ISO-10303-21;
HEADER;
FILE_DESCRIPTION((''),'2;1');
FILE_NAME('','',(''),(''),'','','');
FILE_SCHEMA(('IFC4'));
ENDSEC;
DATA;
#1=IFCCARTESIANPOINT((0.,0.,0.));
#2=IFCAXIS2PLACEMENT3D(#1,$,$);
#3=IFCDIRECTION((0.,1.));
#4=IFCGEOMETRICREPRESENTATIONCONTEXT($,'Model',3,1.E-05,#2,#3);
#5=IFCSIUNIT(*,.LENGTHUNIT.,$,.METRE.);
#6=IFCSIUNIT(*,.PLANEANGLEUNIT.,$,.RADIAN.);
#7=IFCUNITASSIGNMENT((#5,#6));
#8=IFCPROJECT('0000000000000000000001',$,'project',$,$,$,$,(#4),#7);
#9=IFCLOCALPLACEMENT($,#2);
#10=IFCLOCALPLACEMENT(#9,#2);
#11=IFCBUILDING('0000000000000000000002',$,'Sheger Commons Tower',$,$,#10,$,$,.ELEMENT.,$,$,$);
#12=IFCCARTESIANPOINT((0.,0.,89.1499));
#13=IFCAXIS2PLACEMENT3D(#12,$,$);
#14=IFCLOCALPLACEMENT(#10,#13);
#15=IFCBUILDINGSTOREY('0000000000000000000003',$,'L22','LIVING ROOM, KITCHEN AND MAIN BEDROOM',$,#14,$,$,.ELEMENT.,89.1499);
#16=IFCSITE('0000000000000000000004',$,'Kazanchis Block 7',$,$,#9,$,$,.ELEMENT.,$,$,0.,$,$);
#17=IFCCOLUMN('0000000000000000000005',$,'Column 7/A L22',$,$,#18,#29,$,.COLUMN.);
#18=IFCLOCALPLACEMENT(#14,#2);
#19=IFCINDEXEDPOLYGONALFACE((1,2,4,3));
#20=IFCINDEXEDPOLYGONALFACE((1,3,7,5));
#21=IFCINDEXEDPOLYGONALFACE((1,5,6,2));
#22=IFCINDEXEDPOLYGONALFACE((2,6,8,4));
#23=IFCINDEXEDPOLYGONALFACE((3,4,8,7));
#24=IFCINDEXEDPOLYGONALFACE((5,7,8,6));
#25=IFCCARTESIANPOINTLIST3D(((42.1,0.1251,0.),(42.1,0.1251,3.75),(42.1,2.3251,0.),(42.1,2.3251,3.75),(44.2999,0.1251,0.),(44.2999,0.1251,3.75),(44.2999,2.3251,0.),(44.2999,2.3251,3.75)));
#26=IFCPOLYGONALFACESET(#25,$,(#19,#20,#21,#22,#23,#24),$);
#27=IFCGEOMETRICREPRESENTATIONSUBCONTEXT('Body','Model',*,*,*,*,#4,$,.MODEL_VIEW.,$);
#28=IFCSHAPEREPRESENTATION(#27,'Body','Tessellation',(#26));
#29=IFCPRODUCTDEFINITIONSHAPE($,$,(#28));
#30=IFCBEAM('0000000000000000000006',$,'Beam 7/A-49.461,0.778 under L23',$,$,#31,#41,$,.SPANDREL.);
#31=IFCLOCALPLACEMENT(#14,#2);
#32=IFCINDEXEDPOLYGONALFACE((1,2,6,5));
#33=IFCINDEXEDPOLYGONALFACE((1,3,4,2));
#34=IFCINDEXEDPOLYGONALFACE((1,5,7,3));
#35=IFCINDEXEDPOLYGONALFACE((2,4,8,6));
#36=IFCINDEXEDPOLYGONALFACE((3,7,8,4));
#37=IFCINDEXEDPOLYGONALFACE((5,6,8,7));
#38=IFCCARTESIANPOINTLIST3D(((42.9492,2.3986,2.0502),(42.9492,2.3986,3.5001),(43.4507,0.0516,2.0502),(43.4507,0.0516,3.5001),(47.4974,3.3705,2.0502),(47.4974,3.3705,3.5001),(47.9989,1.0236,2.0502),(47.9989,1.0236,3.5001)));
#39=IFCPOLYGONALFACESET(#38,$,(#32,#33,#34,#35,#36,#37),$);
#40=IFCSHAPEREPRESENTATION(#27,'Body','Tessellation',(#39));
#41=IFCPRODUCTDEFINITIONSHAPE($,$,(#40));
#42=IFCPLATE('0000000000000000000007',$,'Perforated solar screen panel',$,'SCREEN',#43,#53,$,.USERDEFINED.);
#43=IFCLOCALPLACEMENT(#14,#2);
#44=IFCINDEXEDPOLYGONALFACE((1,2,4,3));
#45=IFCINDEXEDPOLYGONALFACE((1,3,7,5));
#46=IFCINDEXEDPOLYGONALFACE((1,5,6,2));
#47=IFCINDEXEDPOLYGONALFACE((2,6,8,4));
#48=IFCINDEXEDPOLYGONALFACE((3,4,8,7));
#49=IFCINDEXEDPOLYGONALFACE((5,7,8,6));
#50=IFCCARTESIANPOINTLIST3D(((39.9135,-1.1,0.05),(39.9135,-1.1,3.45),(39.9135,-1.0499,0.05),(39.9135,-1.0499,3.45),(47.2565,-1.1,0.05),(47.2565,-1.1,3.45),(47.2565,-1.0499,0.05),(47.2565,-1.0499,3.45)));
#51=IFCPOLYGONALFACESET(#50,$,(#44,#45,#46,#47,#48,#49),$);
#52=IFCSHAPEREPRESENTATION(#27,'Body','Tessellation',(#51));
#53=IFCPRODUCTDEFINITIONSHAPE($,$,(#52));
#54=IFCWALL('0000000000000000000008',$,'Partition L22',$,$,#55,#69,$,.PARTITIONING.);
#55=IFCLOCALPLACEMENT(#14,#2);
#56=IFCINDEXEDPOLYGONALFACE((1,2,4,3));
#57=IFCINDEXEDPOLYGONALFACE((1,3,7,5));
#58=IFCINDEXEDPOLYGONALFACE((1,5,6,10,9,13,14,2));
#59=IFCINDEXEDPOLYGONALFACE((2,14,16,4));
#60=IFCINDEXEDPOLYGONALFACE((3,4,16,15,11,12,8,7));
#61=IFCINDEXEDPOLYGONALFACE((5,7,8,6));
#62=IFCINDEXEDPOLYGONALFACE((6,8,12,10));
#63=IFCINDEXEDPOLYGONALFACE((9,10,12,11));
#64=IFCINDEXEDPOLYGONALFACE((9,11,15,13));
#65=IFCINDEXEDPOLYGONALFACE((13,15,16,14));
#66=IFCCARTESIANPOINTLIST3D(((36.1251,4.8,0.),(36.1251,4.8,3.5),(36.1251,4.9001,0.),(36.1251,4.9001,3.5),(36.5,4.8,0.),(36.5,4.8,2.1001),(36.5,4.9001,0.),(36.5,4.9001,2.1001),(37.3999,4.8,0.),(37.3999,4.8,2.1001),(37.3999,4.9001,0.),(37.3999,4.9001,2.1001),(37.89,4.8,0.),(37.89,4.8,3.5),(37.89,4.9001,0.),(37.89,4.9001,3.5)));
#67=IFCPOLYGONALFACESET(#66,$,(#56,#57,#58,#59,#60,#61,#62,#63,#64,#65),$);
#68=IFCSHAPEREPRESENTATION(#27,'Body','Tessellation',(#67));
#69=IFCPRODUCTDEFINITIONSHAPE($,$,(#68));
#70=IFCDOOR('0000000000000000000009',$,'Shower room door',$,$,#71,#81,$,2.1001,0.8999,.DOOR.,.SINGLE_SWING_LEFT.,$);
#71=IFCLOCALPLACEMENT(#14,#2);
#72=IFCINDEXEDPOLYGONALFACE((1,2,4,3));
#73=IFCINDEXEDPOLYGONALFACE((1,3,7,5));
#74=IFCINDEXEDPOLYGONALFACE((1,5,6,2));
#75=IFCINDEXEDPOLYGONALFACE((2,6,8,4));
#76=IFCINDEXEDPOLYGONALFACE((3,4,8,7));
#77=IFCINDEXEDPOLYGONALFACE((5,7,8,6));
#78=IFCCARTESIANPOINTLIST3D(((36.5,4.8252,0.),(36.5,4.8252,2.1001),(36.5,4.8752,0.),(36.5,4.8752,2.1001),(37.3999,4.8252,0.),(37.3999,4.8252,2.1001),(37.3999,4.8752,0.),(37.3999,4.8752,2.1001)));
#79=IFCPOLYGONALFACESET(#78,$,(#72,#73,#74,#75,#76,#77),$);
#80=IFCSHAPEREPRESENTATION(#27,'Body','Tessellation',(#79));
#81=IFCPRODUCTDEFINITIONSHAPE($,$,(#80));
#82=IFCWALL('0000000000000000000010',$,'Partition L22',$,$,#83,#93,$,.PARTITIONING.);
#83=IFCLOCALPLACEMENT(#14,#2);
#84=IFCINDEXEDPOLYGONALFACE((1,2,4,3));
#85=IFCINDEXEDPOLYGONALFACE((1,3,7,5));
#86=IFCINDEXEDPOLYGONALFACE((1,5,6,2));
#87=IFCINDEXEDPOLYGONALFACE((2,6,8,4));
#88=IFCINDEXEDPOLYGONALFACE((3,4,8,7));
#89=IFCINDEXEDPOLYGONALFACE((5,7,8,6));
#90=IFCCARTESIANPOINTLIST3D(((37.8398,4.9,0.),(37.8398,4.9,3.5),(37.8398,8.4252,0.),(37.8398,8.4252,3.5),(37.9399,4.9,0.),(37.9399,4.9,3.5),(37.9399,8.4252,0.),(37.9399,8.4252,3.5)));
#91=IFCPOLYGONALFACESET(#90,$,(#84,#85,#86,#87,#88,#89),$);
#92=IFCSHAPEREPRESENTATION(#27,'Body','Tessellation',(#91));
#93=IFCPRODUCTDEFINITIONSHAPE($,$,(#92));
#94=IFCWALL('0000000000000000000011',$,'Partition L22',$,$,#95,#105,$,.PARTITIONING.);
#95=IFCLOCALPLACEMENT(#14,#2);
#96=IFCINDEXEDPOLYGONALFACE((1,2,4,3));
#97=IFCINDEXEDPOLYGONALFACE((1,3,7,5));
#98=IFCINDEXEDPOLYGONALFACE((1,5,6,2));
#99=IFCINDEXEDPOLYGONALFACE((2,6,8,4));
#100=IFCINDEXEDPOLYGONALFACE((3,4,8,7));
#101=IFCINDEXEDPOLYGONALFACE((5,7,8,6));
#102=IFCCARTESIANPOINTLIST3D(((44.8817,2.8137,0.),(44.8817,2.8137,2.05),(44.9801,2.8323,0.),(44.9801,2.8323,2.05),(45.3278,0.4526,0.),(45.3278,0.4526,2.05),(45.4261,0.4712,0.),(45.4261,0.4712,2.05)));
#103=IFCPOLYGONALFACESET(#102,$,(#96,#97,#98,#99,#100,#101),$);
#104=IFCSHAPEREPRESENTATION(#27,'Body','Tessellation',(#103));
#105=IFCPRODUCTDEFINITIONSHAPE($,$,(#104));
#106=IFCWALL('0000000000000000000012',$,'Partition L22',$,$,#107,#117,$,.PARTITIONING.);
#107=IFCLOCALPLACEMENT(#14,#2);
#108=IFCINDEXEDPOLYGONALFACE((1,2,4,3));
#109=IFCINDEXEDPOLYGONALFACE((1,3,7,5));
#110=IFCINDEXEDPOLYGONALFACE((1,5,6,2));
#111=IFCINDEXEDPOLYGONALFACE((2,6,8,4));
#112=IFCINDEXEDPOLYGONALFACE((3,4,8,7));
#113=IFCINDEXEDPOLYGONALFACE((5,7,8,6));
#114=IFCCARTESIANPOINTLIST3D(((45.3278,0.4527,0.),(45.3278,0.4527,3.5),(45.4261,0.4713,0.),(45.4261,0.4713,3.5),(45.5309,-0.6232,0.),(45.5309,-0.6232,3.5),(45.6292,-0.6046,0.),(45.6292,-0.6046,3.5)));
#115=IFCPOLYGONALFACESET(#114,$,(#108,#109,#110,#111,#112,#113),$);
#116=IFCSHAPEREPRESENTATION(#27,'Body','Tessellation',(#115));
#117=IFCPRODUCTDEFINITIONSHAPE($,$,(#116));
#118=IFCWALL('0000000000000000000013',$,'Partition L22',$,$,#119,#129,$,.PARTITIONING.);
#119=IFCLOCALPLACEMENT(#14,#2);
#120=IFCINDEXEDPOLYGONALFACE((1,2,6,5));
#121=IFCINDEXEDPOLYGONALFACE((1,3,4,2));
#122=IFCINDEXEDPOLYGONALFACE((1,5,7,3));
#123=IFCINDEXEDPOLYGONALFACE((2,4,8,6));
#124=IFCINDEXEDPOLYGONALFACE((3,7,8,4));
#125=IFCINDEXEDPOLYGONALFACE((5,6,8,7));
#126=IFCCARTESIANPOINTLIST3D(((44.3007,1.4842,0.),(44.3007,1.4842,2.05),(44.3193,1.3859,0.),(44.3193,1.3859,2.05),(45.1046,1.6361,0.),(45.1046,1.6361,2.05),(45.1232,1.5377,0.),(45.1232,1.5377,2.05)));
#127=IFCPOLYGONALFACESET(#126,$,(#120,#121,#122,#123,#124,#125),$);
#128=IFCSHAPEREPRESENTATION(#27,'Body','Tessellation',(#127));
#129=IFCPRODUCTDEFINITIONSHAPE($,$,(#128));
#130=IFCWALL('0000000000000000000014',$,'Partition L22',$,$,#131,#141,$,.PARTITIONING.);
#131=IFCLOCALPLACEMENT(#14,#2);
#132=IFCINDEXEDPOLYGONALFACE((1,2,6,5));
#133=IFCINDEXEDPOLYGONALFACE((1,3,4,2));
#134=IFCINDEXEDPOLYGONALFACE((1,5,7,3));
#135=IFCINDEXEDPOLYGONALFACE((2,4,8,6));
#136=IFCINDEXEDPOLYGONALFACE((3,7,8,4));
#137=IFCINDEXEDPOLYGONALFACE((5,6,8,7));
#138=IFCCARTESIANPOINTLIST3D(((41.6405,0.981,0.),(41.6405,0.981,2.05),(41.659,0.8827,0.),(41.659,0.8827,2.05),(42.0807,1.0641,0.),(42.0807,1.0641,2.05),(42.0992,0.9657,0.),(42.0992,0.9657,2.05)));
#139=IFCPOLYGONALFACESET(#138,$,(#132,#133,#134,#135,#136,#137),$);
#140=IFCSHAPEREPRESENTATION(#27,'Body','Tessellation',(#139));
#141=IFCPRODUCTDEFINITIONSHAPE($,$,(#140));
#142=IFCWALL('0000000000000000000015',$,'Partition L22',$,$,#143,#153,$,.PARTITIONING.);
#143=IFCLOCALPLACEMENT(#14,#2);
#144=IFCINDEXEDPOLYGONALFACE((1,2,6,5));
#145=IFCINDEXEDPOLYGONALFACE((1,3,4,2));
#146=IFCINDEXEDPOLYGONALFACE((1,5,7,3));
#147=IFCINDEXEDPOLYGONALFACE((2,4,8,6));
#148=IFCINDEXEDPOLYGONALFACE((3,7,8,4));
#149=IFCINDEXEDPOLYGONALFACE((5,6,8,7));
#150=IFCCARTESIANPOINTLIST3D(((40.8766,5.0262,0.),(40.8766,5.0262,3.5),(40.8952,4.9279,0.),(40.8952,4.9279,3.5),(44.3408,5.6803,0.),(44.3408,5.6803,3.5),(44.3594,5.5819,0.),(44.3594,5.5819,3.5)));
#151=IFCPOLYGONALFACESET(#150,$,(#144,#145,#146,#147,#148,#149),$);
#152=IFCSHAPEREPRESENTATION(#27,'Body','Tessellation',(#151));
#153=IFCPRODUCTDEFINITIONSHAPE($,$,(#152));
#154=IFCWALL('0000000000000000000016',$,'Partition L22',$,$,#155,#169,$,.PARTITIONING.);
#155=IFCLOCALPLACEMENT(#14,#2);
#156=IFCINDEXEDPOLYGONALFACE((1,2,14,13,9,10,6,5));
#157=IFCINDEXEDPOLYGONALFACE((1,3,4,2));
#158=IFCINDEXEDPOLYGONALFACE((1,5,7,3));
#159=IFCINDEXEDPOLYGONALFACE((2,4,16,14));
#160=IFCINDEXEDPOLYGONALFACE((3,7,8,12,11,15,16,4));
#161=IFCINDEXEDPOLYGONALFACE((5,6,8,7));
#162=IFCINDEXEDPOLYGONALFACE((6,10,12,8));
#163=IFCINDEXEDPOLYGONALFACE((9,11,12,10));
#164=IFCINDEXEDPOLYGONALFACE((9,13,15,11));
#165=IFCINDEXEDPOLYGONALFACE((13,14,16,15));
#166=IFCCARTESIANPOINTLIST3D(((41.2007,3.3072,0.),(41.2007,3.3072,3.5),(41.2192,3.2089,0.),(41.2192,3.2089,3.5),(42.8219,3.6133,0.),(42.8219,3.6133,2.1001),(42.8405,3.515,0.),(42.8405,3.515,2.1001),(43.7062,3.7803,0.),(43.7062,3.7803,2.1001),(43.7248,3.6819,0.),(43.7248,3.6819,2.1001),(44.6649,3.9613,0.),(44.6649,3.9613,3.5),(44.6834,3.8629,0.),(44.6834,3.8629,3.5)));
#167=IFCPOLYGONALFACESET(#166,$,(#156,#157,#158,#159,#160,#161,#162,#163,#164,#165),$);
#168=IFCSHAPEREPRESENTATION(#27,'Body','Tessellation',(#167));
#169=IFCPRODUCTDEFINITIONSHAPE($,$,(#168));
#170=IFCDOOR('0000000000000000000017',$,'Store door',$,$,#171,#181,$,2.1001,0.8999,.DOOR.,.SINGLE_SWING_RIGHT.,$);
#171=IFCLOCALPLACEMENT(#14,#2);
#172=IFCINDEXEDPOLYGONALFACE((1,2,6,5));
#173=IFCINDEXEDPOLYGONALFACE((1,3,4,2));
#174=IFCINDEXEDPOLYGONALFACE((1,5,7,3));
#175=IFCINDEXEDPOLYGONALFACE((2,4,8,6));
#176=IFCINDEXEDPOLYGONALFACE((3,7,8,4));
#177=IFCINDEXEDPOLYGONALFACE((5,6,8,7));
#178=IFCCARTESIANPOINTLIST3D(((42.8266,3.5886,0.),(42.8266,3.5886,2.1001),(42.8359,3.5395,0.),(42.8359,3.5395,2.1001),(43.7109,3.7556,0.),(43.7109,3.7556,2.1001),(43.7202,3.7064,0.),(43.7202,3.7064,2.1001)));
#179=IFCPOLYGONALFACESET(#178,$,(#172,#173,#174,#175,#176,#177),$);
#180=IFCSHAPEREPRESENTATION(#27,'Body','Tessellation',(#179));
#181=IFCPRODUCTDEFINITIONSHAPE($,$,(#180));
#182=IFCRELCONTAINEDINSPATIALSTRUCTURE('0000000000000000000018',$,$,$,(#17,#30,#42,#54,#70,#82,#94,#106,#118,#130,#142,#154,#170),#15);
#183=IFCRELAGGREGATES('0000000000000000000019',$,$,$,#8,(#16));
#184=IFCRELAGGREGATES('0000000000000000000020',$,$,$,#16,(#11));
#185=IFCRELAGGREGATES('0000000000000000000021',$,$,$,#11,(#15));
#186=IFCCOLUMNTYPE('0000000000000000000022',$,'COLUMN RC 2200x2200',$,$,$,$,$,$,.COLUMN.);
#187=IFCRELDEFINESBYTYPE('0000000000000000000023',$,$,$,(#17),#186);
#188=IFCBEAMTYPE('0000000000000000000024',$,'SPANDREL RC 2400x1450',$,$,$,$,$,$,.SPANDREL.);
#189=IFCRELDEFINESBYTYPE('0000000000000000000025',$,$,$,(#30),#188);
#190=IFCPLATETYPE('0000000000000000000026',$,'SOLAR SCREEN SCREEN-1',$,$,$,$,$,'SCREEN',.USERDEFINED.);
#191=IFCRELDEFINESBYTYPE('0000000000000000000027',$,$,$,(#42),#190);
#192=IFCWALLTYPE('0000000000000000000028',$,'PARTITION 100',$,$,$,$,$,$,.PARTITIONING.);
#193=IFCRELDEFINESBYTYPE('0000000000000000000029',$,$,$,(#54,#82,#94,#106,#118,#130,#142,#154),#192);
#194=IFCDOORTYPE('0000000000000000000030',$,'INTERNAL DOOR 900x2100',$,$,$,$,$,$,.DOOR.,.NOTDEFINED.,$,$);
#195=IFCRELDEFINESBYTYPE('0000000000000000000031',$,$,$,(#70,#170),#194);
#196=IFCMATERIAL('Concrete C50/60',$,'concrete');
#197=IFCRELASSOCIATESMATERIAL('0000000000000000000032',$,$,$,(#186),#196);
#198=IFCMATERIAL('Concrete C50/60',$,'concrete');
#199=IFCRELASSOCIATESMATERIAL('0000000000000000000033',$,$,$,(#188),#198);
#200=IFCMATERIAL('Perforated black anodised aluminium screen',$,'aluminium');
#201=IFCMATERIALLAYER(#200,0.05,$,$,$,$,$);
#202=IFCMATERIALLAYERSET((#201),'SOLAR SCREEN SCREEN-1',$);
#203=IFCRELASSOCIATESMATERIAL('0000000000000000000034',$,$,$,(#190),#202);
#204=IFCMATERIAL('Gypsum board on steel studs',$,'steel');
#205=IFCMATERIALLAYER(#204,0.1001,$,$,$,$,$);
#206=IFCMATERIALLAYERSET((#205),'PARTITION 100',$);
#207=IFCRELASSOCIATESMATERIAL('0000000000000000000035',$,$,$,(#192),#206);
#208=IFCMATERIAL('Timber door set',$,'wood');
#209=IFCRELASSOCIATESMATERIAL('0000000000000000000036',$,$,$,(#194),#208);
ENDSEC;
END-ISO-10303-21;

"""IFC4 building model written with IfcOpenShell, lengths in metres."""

from ifc_helpers import new_model, si_unit, direction, frame, frame_2d, origin, origin_2d, place, context, subcontext, project, spatial, rectangle, extrude, material, layer, layer_set, material_profile, profile_set, type_object, element, fill, save


model = new_model("IFC4")

# Units and contexts
model_context = context("Model", 3, precision=1e-05, world=origin(), true_north=direction((0.0, 1.0)))
body_context = subcontext(model_context, "Body", "Model", "MODEL_VIEW")
ifc_project = project(units=[si_unit("LENGTHUNIT", "METRE"), si_unit("PLANEANGLEUNIT", "RADIAN")], contexts=[model_context])

# Site, building, storey
site_placement = place(None, origin())
site = spatial("IfcSite", under=ifc_project, at=site_placement, Name="Kazanchis Block 7", CompositionType="ELEMENT", RefElevation=0.0)
building_placement = place(site_placement, origin())
building = spatial("IfcBuilding", under=site, at=building_placement, Name="Sheger Commons Tower", CompositionType="ELEMENT")
storey_placement = place(building_placement, frame((0.0, 0.0, 89.1499)))
storey = spatial("IfcBuildingStorey", under=building, at=storey_placement, Name="L22", Description="LIVING ROOM, KITCHEN AND MAIN BEDROOM", CompositionType="ELEMENT", Elevation=89.1499)

# Column
ifc_material_1 = material(Name="Concrete C50/60", Category="concrete")
ifc_material_profile_1 = material_profile(ifc_material_1, rectangle(XDim=2.2, YDim=2.2, at=origin_2d()), Name="RC 2200x2200")
ifc_profile_set_1 = profile_set([ifc_material_profile_1], Name="Concrete C50/60")
column_type = type_object("IfcColumnType", Name="COLUMN RC 2200x2200", PredefinedType="COLUMN", material=ifc_profile_set_1)
column_placement = place(storey_placement, frame((43.2, 1.2251, 0.0), z_axis=(0.0, 0.0, 1.0), x_axis=(1.0, 0.0, 0.0)))
element("IfcColumn", 1, at=column_placement, inside=storey, type_object=column_type, Name="Column 7/A L22", PredefinedType="COLUMN", context=body_context, shape_type="SweptSolid", body=[
    extrude(rectangle(XDim=2.2, YDim=2.2, at=origin_2d()), origin(), (0.0, 0.0, 1.0), 3.75),
])

# Beam
ifc_material_2 = material(Name="Concrete C50/60", Category="concrete")
ifc_material_profile_2 = material_profile(ifc_material_2, rectangle(XDim=2.3999, YDim=1.45, at=origin_2d()), Name="RC 2400x1450")
ifc_profile_set_2 = profile_set([ifc_material_profile_2], Name="Concrete C50/60")
beam_type = type_object("IfcBeamType", Name="SPANDREL RC 2400x1450", PredefinedType="SPANDREL", material=ifc_profile_set_2)
beam_placement = place(storey_placement, frame((43.2, 1.2251, 2.7751), z_axis=(0.97792, 0.208981, 0.0), x_axis=(-0.208981, 0.97792, 0.0)))
element("IfcBeam", 2, at=beam_placement, inside=storey, type_object=beam_type, Name="Beam 7/A-49.461,0.778 under L23", PredefinedType="SPANDREL", context=body_context, shape_type="SweptSolid", body=[
    extrude(rectangle(XDim=2.3999, YDim=1.45, at=origin_2d()), origin(), (0.0, 0.0, 1.0), 4.6509),
])

# Plate
ifc_material_3 = material(Name="Perforated black anodised aluminium screen", Category="aluminium")
ifc_layer_1 = layer(ifc_material_3, 0.05)
ifc_layer_set_1 = layer_set([ifc_layer_1], Name="SOLAR SCREEN SCREEN-1")
plate_type = type_object("IfcPlateType", Name="SOLAR SCREEN SCREEN-1", ElementType="SCREEN", PredefinedType="USERDEFINED", material=ifc_layer_set_1)
plate_placement = place(storey_placement, frame((43.585, -1.075, 0.05), z_axis=(0.0, 0.0, 1.0), x_axis=(1.0, 0.0, 0.0)))
element("IfcPlate", 3, at=plate_placement, inside=storey, type_object=plate_type, Name="Perforated solar screen panel", ObjectType="SCREEN", PredefinedType="USERDEFINED", context=body_context, shape_type="SweptSolid", body=[
    extrude(rectangle(XDim=7.343, YDim=0.05, at=origin_2d()), origin(), (0.0, 0.0, 1.0), 3.3999),
])

# Wall, opening, door
ifc_material_4 = material(Name="Gypsum board on steel studs", Category="steel")
ifc_layer_2 = layer(ifc_material_4, 0.1001)
ifc_layer_set_2 = layer_set([ifc_layer_2], Name="PARTITION 100")
wall_type = type_object("IfcWallType", Name="PARTITION 100", PredefinedType="PARTITIONING", material=ifc_layer_set_2)
wall_1_placement = place(storey_placement, frame((37.8899, 4.8501, 0.0), z_axis=(0.0, 0.0, 1.0), x_axis=(-1.0, 0.0, 0.0)))
wall_1 = element("IfcWall", 4, at=wall_1_placement, inside=storey, type_object=wall_type, Name="Partition L22", PredefinedType="PARTITIONING", context=body_context, shape_type="SweptSolid", body=[
    extrude(rectangle(XDim=1.7649, YDim=0.1001, at=frame_2d((0.8823, 0.0))), origin(), (0.0, 0.0, 1.0), 3.5),
])
opening_1_placement = place(wall_1_placement, frame((0.49, 0.0, 0.0)))
opening_1 = element("IfcOpeningElement", 5, at=opening_1_placement, cuts=wall_1, PredefinedType="OPENING", context=body_context, shape_type="SweptSolid", body=[
    extrude(rectangle(XDim=0.8999, YDim=2.1001, at=frame_2d((0.45, 1.05))), frame((0.0, 0.0601, 0.0), z_axis=(0.0, -1.0, 0.0), x_axis=(1.0, 0.0, 0.0)), (0.0, 0.0, 1.0), 0.1201),
])
ifc_material_5 = material(Name="Timber door set", Category="wood")
door_type = type_object("IfcDoorType", Name="INTERNAL DOOR 900x2100", OperationType="NOTDEFINED", PredefinedType="DOOR", material=ifc_material_5)
door_1_placement = place(opening_1_placement, origin())
door_1 = element("IfcDoor", 6, at=door_1_placement, inside=storey, type_object=door_type, Name="Shower room door", OperationType="SINGLE_SWING_LEFT", OverallHeight=2.1001, OverallWidth=0.8999, PredefinedType="DOOR", context=body_context, shape_type="SweptSolid", body=[
    extrude(rectangle(XDim=0.8999, YDim=2.1001, at=frame_2d((0.45, 1.05))), frame((0.0, 0.0249, 0.0), z_axis=(0.0, -1.0, 0.0), x_axis=(1.0, 0.0, 0.0)), (0.0, 0.0, 1.0), 0.05),
])
fill(opening_1, door_1)

# Walls
wall_2_placement = place(storey_placement, frame((37.8899, 4.8999, 0.0), z_axis=(0.0, 0.0, 1.0), x_axis=(0.0, 1.0, 0.0)))
element("IfcWall", 7, at=wall_2_placement, inside=storey, type_object=wall_type, Name="Partition L22", PredefinedType="PARTITIONING", context=body_context, shape_type="SweptSolid", body=[
    extrude(rectangle(XDim=3.5251, YDim=0.1001, at=frame_2d((1.7627, 0.0))), origin(), (0.0, 0.0, 1.0), 3.5),
])
wall_3_placement = place(storey_placement, frame((44.9309, 2.823, 0.0), z_axis=(0.0, 0.0, 1.0), x_axis=(0.185632, -0.982619, 0.0)))
element("IfcWall", 8, at=wall_3_placement, inside=storey, type_object=wall_type, Name="Partition L22", PredefinedType="PARTITIONING", context=body_context, shape_type="SweptSolid", body=[
    extrude(rectangle(XDim=2.4028, YDim=0.1001, at=frame_2d((1.2014, 0.0))), origin(), (0.0, 0.0, 1.0), 2.05),
])
wall_4_placement = place(storey_placement, frame((45.377, 0.4619, 0.0), z_axis=(0.0, 0.0, 1.0), x_axis=(0.185513, -0.982642, 0.0)))
element("IfcWall", 9, at=wall_4_placement, inside=storey, type_object=wall_type, Name="Partition L22", PredefinedType="PARTITIONING", context=body_context, shape_type="SweptSolid", body=[
    extrude(rectangle(XDim=1.095, YDim=0.1001, at=frame_2d((0.5474, 0.0))), origin(), (0.0, 0.0, 1.0), 3.5),
])
wall_5_placement = place(storey_placement, frame((45.114, 1.5869, 0.0), z_axis=(0.0, 0.0, 1.0), x_axis=(-0.982625, -0.185604, 0.0)))
element("IfcWall", 10, at=wall_5_placement, inside=storey, type_object=wall_type, Name="Partition L22", PredefinedType="PARTITIONING", context=body_context, shape_type="SweptSolid", body=[
    extrude(rectangle(XDim=0.8181, YDim=0.1001, at=frame_2d((0.4092, 0.0))), origin(), (0.0, 0.0, 1.0), 2.05),
])
wall_6_placement = place(storey_placement, frame((42.0901, 1.0149, 0.0), z_axis=(0.0, 0.0, 1.0), x_axis=(-0.98268, -0.185309, 0.0)))
element("IfcWall", 11, at=wall_6_placement, inside=storey, type_object=wall_type, Name="Partition L22", PredefinedType="PARTITIONING", context=body_context, shape_type="SweptSolid", body=[
    extrude(rectangle(XDim=0.448, YDim=0.1001, at=frame_2d((0.2241, 0.0))), origin(), (0.0, 0.0, 1.0), 2.05),
])
wall_7_placement = place(storey_placement, frame((44.3501, 5.6311, 0.0), z_axis=(0.0, 0.0, 1.0), x_axis=(-0.982639, -0.18553, 0.0)))
element("IfcWall", 12, at=wall_7_placement, inside=storey, type_object=wall_type, Name="Partition L22", PredefinedType="PARTITIONING", context=body_context, shape_type="SweptSolid", body=[
    extrude(rectangle(XDim=3.5254, YDim=0.1001, at=frame_2d((1.7627, 0.0))), origin(), (0.0, 0.0, 1.0), 3.5),
])

# Wall, opening, door
wall_8_placement = place(storey_placement, frame((41.21, 3.2581, 0.0), z_axis=(0.0, 0.0, 1.0), x_axis=(0.982639, 0.18553, 0.0)))
wall_8 = element("IfcWall", 13, at=wall_8_placement, inside=storey, type_object=wall_type, Name="Partition L22", PredefinedType="PARTITIONING", context=body_context, shape_type="SweptSolid", body=[
    extrude(rectangle(XDim=3.5254, YDim=0.1001, at=frame_2d((1.7627, 0.0))), origin(), (0.0, 0.0, 1.0), 3.5),
])
opening_2_placement = place(wall_8_placement, frame((1.6499, 0.0, 0.0)))
opening_2 = element("IfcOpeningElement", 14, at=opening_2_placement, cuts=wall_8, PredefinedType="OPENING", context=body_context, shape_type="SweptSolid", body=[
    extrude(rectangle(XDim=0.8999, YDim=2.1001, at=frame_2d((0.45, 1.05))), frame((0.0, 0.0601, 0.0), z_axis=(0.0, -1.0, 0.0), x_axis=(1.0, 0.0, 0.0)), (0.0, 0.0, 1.0), 0.1201),
])
door_2_placement = place(opening_2_placement, origin())
door_2 = element("IfcDoor", 15, at=door_2_placement, inside=storey, type_object=door_type, Name="Store door", OperationType="SINGLE_SWING_RIGHT", OverallHeight=2.1001, OverallWidth=0.8999, PredefinedType="DOOR", context=body_context, shape_type="SweptSolid", body=[
    extrude(rectangle(XDim=0.8999, YDim=2.1001, at=frame_2d((0.45, 1.05))), frame((0.0, 0.0249, 0.0), z_axis=(0.0, -1.0, 0.0), x_axis=(1.0, 0.0, 0.0)), (0.0, 0.0, 1.0), 0.05),
])
fill(opening_2, door_2)

save(model, "model.ifc")
